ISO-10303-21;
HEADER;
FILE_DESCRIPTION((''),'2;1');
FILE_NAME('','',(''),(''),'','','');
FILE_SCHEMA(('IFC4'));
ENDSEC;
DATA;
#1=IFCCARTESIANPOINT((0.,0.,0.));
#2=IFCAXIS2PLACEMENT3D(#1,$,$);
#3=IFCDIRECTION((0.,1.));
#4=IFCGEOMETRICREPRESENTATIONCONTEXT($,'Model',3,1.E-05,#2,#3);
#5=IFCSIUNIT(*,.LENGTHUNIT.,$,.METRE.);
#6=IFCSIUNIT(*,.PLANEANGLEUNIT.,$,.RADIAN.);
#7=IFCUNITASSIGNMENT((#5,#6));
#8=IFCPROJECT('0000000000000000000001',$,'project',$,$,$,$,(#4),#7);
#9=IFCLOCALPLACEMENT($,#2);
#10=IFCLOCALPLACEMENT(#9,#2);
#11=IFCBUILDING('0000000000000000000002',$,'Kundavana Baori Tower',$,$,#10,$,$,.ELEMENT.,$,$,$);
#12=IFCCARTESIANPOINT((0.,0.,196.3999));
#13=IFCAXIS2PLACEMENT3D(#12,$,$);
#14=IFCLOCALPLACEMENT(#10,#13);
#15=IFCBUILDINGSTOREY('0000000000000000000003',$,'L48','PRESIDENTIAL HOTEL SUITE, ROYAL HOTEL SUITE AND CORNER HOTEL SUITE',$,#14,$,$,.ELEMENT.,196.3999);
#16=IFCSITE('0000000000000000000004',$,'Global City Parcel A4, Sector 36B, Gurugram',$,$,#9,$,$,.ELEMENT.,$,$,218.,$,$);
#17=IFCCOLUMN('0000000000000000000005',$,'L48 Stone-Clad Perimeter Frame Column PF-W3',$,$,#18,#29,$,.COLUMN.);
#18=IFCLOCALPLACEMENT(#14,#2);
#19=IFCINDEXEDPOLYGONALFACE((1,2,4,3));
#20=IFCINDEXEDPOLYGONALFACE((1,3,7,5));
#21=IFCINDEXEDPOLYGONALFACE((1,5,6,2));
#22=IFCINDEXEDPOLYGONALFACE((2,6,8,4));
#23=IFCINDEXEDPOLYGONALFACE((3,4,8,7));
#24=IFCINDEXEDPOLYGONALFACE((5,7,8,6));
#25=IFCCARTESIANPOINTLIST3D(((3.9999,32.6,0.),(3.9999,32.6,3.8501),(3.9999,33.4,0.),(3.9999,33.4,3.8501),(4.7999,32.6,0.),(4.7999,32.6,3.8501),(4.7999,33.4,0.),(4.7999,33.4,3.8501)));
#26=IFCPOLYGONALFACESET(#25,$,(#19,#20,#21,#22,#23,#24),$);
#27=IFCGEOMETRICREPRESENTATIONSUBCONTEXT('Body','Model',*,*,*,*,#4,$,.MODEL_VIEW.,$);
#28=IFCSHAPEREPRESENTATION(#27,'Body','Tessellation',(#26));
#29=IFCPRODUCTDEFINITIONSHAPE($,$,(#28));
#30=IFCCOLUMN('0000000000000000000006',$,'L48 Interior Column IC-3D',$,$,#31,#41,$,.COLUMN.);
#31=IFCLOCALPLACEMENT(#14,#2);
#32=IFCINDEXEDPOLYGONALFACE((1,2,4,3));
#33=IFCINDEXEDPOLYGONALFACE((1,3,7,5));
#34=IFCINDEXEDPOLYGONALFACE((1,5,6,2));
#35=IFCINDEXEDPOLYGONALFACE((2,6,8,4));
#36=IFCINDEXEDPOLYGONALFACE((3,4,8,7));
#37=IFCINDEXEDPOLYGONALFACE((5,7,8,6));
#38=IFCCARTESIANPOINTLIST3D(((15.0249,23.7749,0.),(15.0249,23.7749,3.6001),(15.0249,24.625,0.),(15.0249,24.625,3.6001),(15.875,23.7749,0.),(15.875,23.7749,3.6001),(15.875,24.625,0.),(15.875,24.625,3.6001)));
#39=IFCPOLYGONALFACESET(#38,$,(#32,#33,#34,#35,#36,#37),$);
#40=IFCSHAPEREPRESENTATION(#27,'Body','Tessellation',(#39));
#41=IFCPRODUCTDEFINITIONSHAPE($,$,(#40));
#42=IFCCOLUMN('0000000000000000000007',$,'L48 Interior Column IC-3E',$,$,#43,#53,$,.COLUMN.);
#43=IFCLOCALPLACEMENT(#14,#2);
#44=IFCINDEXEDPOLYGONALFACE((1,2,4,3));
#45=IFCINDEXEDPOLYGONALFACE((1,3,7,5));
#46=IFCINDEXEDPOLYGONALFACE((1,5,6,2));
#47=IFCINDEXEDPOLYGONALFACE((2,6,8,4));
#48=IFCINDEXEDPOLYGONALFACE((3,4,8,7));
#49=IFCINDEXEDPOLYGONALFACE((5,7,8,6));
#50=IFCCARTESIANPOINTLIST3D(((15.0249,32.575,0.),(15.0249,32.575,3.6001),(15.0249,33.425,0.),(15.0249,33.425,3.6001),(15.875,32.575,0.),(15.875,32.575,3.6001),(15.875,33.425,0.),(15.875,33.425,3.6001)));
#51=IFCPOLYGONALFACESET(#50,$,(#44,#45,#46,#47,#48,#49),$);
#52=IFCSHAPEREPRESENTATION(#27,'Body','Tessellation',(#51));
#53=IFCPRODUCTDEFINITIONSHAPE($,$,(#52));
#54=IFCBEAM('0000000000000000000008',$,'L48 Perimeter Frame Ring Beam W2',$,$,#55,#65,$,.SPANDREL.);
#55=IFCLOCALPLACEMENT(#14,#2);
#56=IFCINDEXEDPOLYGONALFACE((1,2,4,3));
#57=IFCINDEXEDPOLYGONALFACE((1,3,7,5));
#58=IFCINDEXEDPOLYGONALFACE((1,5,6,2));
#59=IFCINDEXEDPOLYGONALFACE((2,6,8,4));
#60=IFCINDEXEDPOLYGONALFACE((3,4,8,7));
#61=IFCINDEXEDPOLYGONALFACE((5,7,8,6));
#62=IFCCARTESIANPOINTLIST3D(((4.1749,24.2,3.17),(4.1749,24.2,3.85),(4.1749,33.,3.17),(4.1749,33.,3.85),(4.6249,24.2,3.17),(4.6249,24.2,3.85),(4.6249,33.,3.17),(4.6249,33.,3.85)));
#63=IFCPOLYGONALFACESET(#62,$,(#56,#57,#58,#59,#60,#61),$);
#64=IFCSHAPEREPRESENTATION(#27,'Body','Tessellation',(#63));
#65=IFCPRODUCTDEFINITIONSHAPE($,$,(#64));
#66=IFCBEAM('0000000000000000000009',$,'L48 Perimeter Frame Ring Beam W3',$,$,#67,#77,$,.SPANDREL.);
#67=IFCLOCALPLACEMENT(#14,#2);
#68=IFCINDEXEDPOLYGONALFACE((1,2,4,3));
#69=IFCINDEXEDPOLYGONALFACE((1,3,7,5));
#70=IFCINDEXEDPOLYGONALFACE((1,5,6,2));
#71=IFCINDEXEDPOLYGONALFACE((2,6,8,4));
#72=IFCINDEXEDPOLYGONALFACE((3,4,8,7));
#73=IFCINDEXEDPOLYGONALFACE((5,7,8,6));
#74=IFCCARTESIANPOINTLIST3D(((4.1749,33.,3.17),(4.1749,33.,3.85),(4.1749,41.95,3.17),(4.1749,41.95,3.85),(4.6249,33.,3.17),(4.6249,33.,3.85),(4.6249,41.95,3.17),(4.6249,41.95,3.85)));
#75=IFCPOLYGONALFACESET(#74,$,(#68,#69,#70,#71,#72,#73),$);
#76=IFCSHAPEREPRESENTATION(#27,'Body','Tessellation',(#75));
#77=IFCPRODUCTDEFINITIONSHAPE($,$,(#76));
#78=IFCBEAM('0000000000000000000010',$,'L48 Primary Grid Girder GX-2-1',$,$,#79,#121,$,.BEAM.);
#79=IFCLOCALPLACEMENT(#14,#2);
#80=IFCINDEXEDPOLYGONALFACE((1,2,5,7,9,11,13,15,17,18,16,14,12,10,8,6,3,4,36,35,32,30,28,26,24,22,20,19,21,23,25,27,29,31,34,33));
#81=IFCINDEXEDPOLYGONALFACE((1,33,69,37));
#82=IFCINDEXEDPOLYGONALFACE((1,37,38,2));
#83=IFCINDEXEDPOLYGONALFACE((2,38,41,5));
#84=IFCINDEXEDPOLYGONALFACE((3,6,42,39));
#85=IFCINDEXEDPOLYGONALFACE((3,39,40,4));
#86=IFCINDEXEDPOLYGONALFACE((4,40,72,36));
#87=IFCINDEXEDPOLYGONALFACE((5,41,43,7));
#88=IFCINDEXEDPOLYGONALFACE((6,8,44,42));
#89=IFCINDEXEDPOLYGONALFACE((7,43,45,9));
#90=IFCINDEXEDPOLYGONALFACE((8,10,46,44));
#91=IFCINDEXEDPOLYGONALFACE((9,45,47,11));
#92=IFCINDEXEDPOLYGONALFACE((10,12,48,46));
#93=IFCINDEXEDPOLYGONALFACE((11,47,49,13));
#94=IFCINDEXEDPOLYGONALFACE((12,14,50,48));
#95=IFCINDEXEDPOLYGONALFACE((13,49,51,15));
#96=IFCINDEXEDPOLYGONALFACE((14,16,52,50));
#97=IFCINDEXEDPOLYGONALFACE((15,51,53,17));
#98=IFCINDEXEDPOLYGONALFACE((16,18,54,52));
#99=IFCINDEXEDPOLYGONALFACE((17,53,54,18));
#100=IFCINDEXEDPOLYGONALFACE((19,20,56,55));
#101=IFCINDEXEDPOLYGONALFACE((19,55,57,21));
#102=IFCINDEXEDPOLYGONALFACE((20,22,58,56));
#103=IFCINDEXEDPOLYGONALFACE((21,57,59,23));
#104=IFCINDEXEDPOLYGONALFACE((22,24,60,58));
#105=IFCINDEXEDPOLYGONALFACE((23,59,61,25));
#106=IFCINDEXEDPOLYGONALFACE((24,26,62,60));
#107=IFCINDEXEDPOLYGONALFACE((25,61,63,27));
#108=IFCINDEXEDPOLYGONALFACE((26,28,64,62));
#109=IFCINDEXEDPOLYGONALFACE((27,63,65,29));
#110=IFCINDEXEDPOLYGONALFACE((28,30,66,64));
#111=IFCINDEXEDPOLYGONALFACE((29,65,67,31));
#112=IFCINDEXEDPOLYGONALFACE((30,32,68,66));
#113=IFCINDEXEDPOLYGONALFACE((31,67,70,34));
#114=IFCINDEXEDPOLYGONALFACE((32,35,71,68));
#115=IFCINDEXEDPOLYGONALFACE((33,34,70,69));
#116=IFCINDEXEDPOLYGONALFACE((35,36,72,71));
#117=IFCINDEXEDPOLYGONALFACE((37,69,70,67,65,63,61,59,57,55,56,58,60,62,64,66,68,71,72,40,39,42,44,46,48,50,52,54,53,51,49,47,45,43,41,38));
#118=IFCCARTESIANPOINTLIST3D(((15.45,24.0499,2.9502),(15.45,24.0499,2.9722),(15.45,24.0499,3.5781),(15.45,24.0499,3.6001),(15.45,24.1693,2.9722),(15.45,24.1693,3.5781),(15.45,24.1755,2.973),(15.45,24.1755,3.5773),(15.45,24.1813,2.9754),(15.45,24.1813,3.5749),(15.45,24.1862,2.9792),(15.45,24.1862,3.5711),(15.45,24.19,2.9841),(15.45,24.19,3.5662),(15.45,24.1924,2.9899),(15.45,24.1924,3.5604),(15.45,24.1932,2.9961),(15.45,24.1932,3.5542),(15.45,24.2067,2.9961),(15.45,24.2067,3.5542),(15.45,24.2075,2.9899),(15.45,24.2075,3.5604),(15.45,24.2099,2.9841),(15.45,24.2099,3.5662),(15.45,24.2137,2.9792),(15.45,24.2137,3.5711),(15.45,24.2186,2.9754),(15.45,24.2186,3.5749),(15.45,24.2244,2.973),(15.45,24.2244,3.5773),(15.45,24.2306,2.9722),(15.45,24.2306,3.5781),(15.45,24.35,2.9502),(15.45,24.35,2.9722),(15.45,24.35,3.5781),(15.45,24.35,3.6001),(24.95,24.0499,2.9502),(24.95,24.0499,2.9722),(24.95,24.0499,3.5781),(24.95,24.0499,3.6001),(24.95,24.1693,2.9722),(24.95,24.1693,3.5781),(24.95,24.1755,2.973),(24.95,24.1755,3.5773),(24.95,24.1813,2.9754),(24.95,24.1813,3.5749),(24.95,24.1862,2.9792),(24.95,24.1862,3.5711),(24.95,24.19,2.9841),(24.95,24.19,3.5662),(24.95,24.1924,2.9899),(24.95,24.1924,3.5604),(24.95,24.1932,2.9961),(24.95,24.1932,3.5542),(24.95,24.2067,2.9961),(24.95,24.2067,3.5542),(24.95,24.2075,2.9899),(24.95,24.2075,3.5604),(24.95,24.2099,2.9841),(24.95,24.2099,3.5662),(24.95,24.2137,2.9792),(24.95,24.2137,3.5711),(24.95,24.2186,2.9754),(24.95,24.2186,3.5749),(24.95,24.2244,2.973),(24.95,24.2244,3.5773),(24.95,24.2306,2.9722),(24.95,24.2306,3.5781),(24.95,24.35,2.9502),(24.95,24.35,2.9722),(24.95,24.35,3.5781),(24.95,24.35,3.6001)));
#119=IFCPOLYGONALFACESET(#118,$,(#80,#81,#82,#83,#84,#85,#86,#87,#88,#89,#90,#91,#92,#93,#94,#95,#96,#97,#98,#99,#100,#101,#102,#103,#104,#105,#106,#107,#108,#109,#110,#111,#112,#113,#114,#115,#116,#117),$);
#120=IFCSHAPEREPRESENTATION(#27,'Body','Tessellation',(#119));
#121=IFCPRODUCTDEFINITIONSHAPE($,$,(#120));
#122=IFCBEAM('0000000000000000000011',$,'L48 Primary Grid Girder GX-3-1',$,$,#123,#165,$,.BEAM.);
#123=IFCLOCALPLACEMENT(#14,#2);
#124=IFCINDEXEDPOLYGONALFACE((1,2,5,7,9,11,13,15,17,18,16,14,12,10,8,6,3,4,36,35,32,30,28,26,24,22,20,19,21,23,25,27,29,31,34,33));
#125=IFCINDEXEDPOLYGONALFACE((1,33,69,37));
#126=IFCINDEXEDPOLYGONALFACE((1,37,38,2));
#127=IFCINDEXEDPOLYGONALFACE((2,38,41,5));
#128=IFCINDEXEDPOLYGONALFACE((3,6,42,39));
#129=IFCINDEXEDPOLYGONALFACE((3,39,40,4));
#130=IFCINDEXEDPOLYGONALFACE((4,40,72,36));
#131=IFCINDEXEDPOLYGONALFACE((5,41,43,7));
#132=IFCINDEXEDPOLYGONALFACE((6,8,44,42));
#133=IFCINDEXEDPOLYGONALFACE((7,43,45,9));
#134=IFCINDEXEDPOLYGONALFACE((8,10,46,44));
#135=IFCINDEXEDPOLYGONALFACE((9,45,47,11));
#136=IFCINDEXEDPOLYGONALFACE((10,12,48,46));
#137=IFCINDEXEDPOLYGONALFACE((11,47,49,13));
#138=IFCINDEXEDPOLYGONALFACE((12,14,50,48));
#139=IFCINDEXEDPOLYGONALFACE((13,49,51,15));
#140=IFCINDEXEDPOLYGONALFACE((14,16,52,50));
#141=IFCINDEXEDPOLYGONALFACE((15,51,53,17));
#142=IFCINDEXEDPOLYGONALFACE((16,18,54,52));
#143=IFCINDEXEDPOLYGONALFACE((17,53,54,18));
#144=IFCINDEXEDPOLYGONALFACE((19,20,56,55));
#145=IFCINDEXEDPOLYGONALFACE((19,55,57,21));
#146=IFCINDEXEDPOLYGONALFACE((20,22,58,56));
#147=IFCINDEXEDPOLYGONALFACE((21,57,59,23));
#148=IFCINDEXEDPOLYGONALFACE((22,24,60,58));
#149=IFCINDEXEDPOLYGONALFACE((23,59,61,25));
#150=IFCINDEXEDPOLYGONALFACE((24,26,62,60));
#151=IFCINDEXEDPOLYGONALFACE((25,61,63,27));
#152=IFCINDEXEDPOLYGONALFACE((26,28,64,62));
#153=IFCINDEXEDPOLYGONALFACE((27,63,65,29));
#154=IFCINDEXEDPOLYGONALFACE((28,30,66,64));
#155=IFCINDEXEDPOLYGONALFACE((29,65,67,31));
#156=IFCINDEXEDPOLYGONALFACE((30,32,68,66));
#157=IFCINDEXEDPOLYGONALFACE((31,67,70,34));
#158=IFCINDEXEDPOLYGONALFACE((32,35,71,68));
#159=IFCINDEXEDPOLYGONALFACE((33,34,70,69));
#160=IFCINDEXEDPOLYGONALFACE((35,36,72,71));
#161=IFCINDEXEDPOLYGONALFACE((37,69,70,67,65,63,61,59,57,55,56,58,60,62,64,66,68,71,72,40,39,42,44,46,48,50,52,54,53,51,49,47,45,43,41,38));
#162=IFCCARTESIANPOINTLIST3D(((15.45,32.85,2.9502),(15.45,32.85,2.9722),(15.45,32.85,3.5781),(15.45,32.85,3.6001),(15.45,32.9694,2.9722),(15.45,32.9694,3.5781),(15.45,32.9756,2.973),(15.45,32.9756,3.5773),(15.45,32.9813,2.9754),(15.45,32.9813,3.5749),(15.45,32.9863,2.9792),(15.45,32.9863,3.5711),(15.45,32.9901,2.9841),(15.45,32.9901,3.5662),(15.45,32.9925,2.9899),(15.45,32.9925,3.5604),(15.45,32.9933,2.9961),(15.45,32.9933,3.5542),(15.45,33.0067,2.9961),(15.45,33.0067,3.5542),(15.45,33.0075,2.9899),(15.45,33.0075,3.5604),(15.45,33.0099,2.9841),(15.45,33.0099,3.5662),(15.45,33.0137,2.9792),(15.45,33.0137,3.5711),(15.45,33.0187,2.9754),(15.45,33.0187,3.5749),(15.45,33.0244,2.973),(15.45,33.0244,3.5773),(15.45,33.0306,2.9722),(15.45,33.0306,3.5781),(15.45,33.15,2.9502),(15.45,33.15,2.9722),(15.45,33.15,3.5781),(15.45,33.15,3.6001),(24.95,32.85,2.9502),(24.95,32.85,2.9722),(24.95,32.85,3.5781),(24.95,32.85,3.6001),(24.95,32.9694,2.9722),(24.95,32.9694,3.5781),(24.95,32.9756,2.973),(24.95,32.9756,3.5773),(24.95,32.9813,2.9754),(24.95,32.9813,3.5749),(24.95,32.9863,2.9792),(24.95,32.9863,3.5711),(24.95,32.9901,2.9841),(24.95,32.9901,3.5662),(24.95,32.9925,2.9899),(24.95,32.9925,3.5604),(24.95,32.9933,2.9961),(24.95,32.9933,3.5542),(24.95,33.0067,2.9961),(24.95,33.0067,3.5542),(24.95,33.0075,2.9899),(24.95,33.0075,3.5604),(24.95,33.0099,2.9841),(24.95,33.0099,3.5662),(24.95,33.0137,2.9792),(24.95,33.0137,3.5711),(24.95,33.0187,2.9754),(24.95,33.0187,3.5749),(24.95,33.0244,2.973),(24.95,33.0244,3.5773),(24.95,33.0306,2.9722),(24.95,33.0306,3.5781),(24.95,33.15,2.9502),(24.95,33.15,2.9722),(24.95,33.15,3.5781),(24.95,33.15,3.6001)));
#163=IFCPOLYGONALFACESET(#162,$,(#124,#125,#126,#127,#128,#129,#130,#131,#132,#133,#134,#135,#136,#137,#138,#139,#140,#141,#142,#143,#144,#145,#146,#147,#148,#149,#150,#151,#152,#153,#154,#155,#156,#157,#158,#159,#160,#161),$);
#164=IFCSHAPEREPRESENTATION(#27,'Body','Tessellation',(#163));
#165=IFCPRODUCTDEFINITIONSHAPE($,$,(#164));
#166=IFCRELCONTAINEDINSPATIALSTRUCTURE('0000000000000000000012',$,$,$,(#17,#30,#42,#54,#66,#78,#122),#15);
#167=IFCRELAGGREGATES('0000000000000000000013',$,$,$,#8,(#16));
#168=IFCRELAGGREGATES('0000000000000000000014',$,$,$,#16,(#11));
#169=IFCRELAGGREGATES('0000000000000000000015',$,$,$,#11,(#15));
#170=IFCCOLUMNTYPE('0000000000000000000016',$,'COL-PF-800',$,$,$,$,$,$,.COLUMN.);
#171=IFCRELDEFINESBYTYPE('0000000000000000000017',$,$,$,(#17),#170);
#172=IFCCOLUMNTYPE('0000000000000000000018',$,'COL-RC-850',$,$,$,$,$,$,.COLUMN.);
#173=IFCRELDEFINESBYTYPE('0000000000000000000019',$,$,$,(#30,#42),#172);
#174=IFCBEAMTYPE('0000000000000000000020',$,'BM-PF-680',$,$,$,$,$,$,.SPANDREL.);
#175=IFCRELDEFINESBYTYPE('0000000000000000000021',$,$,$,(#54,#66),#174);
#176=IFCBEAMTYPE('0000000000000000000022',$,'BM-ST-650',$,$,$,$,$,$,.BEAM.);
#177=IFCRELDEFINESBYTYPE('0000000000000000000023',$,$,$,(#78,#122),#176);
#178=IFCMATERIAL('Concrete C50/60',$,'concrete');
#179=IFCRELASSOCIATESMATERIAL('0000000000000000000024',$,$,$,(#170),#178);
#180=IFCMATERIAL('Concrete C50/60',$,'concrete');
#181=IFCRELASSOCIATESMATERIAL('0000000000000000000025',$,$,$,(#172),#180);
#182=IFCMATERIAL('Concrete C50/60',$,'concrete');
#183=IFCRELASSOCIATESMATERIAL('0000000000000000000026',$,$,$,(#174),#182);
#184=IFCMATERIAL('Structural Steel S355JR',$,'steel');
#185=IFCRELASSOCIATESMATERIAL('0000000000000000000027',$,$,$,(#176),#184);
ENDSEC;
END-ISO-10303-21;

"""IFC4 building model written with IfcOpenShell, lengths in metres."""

from ifc_helpers import new_model, si_unit, direction, frame, origin, origin_2d, place, context, subcontext, project, spatial, rectangle, i_section, extrude, material, material_profile, profile_set, type_object, element, save


model = new_model("IFC4")

# Units and contexts
model_context = context("Model", 3, precision=1e-05, world=origin(), true_north=direction((0.0, 1.0)))
body_context = subcontext(model_context, "Body", "Model", "MODEL_VIEW")
ifc_project = project(units=[si_unit("LENGTHUNIT", "METRE"), si_unit("PLANEANGLEUNIT", "RADIAN")], contexts=[model_context])

# Site, building, storey
site_placement = place(None, origin())
site = spatial("IfcSite", under=ifc_project, at=site_placement, Name="Global City Parcel A4, Sector 36B, Gurugram", CompositionType="ELEMENT", RefElevation=218.0)
building_placement = place(site_placement, origin())
building = spatial("IfcBuilding", under=site, at=building_placement, Name="Kundavana Baori Tower", CompositionType="ELEMENT")
storey_placement = place(building_placement, frame((0.0, 0.0, 196.3999)))
storey = spatial("IfcBuildingStorey", under=building, at=storey_placement, Name="L48", Description="PRESIDENTIAL HOTEL SUITE, ROYAL HOTEL SUITE AND CORNER HOTEL SUITE", CompositionType="ELEMENT", Elevation=196.3999)

# Columns
ifc_material_1 = material(Name="Concrete C50/60", Category="concrete")
ifc_material_profile_1 = material_profile(ifc_material_1, rectangle(XDim=0.8, YDim=0.8, at=origin_2d()), Name="RC PF 800x800")
ifc_profile_set_1 = profile_set([ifc_material_profile_1], Name="Concrete C50/60")
column_type_1 = type_object("IfcColumnType", Name="COL-PF-800", PredefinedType="COLUMN", material=ifc_profile_set_1)
column_placement = place(storey_placement, frame((4.3999, 33.0, 0.0), z_axis=(0.0, 0.0, 1.0), x_axis=(1.0, 0.0, 0.0)))
element("IfcColumn", 1, at=column_placement, inside=storey, type_object=column_type_1, Name="L48 Stone-Clad Perimeter Frame Column PF-W3", PredefinedType="COLUMN", context=body_context, shape_type="SweptSolid", body=[
    extrude(rectangle(XDim=0.8, YDim=0.8, at=origin_2d()), origin(), (0.0, 0.0, 1.0), 3.8501),
])
ifc_material_2 = material(Name="Concrete C50/60", Category="concrete")
ifc_material_profile_2 = material_profile(ifc_material_2, rectangle(XDim=0.8501, YDim=0.8501, at=origin_2d()), Name="RC 850x850")
ifc_profile_set_2 = profile_set([ifc_material_profile_2], Name="Concrete C50/60")
column_type_2 = type_object("IfcColumnType", Name="COL-RC-850", PredefinedType="COLUMN", material=ifc_profile_set_2)
for number, where, z_axis, x_axis, name in (
    (2, (15.45, 24.2, 0.0), (0.0, 0.0, 1.0), (1.0, 0.0, 0.0), "L48 Interior Column IC-3D"),
    (3, (15.45, 33.0, 0.0), (0.0, 0.0, 1.0), (1.0, 0.0, 0.0), "L48 Interior Column IC-3E"),
):
    element("IfcColumn", number, at=place(storey_placement, frame(where, z_axis=z_axis, x_axis=x_axis)), inside=storey, type_object=column_type_2, Name=name, PredefinedType="COLUMN", context=body_context, shape_type="SweptSolid", body=[
        extrude(rectangle(XDim=0.8501, YDim=0.8501, at=origin_2d()), origin(), (0.0, 0.0, 1.0), 3.6001),
    ])

# Beams
ifc_material_3 = material(Name="Concrete C50/60", Category="concrete")
ifc_material_profile_3 = material_profile(ifc_material_3, rectangle(XDim=0.45, YDim=0.6799, at=origin_2d()), Name="RC BM 450x680")
ifc_profile_set_3 = profile_set([ifc_material_profile_3], Name="Concrete C50/60")
beam_type_1 = type_object("IfcBeamType", Name="BM-PF-680", PredefinedType="SPANDREL", material=ifc_profile_set_3)
beam_1_placement = place(storey_placement, frame((4.3999, 24.2, 3.51), z_axis=(0.0, 1.0, 0.0), x_axis=(-1.0, 0.0, 0.0)))
element("IfcBeam", 4, at=beam_1_placement, inside=storey, type_object=beam_type_1, Name="L48 Perimeter Frame Ring Beam W2", PredefinedType="SPANDREL", context=body_context, shape_type="SweptSolid", body=[
    extrude(rectangle(XDim=0.45, YDim=0.6799, at=origin_2d()), origin(), (0.0, 0.0, 1.0), 8.8),
])
beam_2_placement = place(storey_placement, frame((4.3999, 33.0, 3.51), z_axis=(0.0, 1.0, 0.0), x_axis=(-1.0, 0.0, 0.0)))
element("IfcBeam", 5, at=beam_2_placement, inside=storey, type_object=beam_type_1, Name="L48 Perimeter Frame Ring Beam W3", PredefinedType="SPANDREL", context=body_context, shape_type="SweptSolid", body=[
    extrude(rectangle(XDim=0.45, YDim=0.6799, at=origin_2d()), origin(), (0.0, 0.0, 1.0), 8.95),
])
ifc_material_4 = material(Name="Structural Steel S355JR", Category="steel")
ifc_material_profile_4 = material_profile(ifc_material_4, i_section(OverallWidth=0.3, OverallDepth=0.6499, WebThickness=0.0134, FlangeThickness=0.022, FilletRadius=0.0239, at=origin_2d()), Name="NPB 650x300x155")
ifc_profile_set_4 = profile_set([ifc_material_profile_4], Name="Structural Steel S355JR")
beam_type_2 = type_object("IfcBeamType", Name="BM-ST-650", PredefinedType="BEAM", material=ifc_profile_set_4)
for number, where, z_axis, x_axis, name in (
    (6, (15.45, 24.2, 3.2751), (1.0, 0.0, 0.0), (0.0, 1.0, 0.0), "L48 Primary Grid Girder GX-2-1"),
    (7, (15.45, 33.0, 3.2751), (1.0, 0.0, 0.0), (0.0, 1.0, 0.0), "L48 Primary Grid Girder GX-3-1"),
):
    element("IfcBeam", number, at=place(storey_placement, frame(where, z_axis=z_axis, x_axis=x_axis)), inside=storey, type_object=beam_type_2, Name=name, PredefinedType="BEAM", context=body_context, shape_type="SweptSolid", body=[
        extrude(i_section(OverallWidth=0.3, OverallDepth=0.6499, WebThickness=0.0134, FlangeThickness=0.022, FilletRadius=0.0239, at=origin_2d()), origin(), (0.0, 0.0, 1.0), 9.5),
    ])

save(model, "model.ifc")
